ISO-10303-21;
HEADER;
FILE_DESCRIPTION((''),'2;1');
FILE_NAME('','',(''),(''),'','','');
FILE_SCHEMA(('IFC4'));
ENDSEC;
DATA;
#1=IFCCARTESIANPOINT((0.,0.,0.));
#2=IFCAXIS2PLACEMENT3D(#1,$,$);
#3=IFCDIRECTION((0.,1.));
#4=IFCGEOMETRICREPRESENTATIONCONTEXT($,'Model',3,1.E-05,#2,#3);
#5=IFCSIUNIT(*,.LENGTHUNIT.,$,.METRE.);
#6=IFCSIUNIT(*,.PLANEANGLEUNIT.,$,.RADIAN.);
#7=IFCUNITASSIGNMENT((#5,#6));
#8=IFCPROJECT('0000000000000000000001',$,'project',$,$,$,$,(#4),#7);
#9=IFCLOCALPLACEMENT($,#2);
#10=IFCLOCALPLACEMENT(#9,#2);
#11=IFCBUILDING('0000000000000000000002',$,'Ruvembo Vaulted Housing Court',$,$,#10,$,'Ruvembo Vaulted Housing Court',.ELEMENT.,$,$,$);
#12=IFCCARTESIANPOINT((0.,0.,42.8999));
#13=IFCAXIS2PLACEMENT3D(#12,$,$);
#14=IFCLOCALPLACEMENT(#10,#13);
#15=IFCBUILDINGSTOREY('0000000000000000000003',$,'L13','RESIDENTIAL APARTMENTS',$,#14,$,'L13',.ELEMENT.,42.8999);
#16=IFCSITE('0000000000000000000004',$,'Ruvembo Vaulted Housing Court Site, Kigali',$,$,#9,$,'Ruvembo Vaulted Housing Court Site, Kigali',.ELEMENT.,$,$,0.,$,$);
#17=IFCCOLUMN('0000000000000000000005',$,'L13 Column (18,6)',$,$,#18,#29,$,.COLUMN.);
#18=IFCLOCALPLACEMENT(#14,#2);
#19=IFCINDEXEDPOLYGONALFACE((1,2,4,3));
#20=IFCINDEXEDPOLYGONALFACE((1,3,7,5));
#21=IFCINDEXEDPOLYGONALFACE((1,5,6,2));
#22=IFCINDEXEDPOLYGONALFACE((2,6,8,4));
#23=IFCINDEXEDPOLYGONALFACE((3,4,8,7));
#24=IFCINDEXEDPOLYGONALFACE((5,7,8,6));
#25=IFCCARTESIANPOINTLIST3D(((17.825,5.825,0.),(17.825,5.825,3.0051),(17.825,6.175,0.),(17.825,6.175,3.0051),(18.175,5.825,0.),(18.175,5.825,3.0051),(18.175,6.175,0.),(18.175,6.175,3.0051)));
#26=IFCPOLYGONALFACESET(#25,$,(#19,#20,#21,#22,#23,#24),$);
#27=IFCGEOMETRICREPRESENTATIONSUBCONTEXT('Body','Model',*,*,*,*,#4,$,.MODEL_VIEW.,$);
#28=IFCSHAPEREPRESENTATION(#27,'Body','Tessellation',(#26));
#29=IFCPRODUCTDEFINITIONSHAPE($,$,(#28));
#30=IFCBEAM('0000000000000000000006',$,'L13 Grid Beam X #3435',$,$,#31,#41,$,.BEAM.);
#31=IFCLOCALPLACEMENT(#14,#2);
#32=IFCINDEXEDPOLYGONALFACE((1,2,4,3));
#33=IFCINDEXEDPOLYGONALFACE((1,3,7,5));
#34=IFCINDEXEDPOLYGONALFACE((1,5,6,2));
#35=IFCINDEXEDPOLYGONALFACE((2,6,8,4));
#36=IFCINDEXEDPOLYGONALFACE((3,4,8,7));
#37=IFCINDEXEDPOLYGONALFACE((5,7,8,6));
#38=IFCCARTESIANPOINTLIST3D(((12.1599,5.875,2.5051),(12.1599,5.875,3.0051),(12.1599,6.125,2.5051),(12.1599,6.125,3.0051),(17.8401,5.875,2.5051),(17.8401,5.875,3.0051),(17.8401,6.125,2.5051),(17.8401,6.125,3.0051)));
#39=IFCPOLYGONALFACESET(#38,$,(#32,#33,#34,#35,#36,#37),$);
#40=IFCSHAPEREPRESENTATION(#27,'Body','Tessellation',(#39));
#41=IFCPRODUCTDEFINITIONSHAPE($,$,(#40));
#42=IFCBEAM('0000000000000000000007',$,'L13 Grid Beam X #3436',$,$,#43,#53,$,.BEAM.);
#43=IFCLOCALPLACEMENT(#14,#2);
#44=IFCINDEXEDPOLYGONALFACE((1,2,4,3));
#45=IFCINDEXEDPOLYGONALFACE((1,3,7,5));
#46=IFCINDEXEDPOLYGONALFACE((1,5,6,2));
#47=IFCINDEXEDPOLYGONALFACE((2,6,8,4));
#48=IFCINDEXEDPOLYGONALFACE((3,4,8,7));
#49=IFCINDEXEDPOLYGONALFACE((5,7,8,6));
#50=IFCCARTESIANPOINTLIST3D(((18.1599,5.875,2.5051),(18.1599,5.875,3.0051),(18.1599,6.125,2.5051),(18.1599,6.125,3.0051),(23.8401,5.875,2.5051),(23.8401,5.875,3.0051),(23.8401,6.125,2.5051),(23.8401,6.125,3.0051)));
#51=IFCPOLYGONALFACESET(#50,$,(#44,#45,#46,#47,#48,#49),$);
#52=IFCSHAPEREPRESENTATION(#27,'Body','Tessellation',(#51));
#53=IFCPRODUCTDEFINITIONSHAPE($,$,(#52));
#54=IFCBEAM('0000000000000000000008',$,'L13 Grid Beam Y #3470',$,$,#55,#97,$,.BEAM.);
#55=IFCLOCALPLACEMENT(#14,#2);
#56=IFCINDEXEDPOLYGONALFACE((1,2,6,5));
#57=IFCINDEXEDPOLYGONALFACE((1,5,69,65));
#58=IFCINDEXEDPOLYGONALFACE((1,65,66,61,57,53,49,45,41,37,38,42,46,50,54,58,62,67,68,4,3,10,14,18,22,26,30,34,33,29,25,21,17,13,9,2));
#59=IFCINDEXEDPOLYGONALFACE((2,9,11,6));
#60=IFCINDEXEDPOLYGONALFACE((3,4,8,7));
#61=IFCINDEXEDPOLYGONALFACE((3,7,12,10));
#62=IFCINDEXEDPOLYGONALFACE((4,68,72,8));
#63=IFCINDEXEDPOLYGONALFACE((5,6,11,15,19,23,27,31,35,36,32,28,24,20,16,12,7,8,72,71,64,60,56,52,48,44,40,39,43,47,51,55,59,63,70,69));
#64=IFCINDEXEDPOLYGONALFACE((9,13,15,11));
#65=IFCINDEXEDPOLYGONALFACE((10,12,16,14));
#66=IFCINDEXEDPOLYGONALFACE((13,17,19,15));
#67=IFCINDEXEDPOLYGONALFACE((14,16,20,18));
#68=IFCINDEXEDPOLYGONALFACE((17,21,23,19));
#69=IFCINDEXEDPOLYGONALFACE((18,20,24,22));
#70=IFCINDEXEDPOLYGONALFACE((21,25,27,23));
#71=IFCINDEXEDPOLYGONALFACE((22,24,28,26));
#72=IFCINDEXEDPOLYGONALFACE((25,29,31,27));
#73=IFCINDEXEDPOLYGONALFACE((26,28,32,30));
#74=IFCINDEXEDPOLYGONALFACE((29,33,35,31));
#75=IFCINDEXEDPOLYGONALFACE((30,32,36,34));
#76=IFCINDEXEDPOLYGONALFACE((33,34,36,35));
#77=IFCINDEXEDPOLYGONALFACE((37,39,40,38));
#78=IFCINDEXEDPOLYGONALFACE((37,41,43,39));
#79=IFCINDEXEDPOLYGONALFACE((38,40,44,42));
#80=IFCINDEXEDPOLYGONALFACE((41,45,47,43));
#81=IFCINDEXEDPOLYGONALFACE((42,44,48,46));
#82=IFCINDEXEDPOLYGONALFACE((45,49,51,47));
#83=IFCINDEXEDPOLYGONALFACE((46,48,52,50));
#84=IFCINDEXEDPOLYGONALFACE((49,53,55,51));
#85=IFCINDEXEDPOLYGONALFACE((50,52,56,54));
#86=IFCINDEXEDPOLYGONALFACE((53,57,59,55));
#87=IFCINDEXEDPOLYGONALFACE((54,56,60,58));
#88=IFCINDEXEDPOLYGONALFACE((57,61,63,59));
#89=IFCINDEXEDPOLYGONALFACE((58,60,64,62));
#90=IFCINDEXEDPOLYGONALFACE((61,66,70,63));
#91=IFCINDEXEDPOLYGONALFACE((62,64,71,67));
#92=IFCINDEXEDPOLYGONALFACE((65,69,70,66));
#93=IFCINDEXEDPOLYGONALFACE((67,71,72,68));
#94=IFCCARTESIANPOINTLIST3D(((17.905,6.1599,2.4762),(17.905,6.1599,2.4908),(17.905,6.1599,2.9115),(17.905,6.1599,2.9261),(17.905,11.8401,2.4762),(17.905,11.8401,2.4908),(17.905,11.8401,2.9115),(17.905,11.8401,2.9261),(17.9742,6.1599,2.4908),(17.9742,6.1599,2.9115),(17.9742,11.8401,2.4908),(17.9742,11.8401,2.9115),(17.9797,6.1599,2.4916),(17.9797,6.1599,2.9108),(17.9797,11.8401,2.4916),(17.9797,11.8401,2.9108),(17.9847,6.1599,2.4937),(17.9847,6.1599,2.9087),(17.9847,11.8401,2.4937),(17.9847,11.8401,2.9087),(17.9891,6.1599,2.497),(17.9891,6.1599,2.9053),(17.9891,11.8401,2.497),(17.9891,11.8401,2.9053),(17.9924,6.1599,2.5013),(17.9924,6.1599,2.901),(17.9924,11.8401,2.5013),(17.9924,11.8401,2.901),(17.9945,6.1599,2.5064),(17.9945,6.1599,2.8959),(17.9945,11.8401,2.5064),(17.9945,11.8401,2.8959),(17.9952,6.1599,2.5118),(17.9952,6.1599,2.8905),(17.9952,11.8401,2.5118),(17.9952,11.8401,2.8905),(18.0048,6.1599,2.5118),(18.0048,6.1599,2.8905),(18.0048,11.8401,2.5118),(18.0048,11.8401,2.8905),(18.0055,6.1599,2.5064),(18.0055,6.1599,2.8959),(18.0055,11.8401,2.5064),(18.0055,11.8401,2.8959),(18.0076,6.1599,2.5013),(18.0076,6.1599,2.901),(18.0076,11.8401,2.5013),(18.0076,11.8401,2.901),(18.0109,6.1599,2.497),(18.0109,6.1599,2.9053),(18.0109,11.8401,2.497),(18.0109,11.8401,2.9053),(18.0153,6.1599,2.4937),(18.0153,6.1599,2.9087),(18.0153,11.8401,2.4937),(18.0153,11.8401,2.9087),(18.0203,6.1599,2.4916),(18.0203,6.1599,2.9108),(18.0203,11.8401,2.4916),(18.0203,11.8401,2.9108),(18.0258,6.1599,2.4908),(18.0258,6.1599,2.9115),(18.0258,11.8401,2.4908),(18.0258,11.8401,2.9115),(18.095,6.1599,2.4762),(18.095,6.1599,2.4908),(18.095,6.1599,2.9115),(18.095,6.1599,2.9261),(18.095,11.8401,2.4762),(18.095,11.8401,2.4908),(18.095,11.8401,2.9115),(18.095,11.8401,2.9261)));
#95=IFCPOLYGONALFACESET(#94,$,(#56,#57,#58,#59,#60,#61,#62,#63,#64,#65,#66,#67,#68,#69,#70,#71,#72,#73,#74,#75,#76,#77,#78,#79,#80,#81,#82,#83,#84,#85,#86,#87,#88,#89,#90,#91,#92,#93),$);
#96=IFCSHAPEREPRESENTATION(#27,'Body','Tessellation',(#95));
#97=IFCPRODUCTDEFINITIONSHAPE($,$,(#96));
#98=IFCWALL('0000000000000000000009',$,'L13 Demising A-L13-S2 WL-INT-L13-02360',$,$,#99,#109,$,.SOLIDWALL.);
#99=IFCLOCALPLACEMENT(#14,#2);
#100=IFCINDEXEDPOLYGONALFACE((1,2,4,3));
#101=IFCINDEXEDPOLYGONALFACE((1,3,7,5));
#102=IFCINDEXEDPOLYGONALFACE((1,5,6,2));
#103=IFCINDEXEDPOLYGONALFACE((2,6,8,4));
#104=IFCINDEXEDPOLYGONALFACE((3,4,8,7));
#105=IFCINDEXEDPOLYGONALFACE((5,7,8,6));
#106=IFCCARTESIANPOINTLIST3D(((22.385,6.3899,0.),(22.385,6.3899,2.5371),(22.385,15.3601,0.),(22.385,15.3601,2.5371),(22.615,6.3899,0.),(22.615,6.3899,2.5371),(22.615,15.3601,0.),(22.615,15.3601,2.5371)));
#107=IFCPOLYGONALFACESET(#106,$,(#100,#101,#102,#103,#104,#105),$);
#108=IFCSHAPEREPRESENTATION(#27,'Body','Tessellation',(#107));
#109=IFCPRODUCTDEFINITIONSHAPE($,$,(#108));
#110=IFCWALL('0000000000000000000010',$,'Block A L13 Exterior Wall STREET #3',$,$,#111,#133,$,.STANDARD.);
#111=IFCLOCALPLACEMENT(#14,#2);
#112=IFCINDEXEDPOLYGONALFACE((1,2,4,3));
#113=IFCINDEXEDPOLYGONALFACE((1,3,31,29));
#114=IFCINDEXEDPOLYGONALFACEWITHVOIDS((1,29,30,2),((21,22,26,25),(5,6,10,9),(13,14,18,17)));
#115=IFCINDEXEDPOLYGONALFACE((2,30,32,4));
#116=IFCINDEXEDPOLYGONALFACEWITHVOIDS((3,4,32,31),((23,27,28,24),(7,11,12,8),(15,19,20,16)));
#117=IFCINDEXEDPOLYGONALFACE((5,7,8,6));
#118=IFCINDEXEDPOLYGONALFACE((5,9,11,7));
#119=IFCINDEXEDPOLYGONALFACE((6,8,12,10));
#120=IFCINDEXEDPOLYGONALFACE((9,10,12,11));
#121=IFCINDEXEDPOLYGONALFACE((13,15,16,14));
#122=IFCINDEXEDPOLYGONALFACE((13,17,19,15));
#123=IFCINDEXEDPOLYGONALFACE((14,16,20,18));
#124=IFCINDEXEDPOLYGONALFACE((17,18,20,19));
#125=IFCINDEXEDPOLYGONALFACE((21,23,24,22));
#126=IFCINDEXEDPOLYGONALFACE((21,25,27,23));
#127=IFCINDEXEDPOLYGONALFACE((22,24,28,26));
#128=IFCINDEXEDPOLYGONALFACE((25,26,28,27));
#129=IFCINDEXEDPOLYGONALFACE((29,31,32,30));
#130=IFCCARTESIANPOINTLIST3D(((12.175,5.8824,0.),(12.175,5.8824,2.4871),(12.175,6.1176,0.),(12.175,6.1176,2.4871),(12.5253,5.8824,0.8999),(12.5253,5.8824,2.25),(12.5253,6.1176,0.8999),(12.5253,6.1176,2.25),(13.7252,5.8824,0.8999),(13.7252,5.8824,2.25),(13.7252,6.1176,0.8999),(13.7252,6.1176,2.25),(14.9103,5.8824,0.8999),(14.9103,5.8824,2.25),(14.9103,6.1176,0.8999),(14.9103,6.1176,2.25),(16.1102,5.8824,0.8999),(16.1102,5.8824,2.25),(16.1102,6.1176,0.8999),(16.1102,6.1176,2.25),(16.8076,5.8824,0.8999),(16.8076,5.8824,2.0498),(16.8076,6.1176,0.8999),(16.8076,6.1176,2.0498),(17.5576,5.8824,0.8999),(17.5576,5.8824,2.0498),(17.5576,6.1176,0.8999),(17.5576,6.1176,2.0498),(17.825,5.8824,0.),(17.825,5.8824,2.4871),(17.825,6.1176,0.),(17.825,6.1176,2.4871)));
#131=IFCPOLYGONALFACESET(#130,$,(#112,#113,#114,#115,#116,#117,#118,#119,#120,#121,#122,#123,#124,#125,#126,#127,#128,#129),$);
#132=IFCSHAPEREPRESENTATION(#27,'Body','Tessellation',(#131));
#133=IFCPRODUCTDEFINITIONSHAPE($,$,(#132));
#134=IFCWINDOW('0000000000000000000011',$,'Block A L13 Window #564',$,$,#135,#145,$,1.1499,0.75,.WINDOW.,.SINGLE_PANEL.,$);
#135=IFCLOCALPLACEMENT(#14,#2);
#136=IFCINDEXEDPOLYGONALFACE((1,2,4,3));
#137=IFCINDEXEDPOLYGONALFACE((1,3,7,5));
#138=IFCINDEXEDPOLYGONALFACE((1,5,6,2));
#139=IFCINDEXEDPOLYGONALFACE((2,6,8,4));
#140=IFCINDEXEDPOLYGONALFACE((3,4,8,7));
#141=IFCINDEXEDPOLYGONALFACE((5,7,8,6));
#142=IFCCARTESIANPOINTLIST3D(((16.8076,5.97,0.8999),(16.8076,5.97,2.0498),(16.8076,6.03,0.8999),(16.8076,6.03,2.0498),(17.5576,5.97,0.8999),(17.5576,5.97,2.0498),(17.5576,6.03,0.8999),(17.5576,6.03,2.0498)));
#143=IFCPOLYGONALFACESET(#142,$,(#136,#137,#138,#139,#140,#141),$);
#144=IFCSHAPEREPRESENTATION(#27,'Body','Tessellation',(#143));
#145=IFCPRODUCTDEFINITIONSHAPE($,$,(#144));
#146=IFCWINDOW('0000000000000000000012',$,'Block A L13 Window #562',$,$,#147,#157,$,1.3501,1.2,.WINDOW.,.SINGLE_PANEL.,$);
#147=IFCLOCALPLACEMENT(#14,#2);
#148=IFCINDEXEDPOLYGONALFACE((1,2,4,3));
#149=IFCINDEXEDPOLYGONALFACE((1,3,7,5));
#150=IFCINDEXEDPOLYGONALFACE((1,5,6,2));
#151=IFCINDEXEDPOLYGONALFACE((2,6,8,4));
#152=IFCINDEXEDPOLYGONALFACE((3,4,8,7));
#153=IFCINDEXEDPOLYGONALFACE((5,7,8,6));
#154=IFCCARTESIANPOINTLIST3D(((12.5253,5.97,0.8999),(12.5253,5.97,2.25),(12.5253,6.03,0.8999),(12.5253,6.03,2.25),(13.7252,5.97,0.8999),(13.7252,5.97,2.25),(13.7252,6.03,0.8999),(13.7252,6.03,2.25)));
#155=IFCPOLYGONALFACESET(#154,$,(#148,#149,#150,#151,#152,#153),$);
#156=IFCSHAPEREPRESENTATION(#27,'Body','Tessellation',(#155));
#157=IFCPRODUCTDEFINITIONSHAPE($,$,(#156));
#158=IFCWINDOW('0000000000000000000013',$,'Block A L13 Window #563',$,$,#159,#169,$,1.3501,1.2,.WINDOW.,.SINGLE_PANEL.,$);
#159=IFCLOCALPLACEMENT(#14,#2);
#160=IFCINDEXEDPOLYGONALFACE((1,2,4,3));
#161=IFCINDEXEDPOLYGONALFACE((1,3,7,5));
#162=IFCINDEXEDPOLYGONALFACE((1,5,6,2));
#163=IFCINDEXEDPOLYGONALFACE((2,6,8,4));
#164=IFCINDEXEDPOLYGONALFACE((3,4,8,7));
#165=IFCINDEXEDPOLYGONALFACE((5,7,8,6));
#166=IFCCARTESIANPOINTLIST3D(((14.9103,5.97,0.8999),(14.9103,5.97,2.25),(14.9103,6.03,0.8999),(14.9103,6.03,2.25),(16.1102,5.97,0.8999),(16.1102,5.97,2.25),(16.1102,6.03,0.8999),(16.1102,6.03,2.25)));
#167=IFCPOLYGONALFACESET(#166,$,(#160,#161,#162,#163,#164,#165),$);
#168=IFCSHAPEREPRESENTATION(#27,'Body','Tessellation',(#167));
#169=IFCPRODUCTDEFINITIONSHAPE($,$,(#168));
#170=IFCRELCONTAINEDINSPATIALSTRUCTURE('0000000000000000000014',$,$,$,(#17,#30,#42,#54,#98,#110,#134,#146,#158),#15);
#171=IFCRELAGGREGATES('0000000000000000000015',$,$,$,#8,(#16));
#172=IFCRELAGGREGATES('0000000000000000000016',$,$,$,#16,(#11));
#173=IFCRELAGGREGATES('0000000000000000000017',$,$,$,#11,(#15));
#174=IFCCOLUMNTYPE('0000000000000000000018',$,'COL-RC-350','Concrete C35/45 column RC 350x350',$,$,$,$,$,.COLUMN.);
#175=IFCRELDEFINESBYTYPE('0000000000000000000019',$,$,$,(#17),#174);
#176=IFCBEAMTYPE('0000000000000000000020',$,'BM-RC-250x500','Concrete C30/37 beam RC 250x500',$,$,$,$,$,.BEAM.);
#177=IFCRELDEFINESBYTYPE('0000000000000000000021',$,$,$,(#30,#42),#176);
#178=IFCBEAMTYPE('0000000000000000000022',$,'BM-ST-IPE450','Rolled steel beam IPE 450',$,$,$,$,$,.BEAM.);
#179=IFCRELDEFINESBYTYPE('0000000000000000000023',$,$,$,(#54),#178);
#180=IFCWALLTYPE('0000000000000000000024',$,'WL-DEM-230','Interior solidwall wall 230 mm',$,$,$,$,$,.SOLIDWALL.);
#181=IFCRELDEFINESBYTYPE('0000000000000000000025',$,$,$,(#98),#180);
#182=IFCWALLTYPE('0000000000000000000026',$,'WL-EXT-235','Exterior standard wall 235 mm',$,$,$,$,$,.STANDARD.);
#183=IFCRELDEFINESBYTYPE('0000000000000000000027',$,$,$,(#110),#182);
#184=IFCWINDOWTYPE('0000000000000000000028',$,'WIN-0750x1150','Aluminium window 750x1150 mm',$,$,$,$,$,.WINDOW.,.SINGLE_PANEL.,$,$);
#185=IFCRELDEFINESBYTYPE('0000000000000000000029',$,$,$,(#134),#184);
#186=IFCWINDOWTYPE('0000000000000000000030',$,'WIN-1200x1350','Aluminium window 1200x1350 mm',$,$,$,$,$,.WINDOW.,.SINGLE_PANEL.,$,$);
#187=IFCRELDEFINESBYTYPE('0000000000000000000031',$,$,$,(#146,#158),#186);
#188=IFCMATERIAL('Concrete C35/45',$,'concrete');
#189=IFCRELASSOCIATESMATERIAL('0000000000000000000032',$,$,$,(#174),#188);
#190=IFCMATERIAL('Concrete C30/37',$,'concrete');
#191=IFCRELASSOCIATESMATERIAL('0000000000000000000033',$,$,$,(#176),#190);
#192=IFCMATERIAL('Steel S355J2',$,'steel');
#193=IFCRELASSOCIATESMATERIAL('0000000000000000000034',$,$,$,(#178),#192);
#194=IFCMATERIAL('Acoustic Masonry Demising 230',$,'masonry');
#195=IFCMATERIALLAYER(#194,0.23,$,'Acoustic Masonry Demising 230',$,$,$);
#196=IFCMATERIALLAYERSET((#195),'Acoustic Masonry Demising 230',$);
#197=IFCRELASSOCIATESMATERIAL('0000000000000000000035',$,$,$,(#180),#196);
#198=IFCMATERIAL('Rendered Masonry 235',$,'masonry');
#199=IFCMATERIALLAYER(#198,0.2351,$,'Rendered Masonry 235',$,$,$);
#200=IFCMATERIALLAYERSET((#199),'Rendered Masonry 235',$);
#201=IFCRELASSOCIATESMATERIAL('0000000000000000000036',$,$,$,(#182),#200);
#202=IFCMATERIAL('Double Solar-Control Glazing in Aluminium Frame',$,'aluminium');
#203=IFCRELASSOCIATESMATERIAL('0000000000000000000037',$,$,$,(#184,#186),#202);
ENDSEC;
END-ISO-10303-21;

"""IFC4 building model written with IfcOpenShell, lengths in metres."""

from ifc_helpers import new_model, si_unit, direction, frame, frame_2d, origin, origin_2d, place, context, subcontext, project, spatial, rectangle, i_section, extrude, material, layer, layer_set, material_profile, profile_set, type_object, element, fill, save


model = new_model("IFC4")

# Units and contexts
model_context = context("Model", 3, precision=1e-05, world=origin(), true_north=direction((0.0, 1.0)))
body_context = subcontext(model_context, "Body", "Model", "MODEL_VIEW")
ifc_project = project(units=[si_unit("LENGTHUNIT", "METRE"), si_unit("PLANEANGLEUNIT", "RADIAN")], contexts=[model_context])

# Site, building, storey
site_placement = place(None, origin())
site = spatial("IfcSite", under=ifc_project, at=site_placement, Name="Ruvembo Vaulted Housing Court Site, Kigali", LongName="Ruvembo Vaulted Housing Court Site, Kigali", CompositionType="ELEMENT", RefElevation=0.0)
building_placement = place(site_placement, origin())
building = spatial("IfcBuilding", under=site, at=building_placement, Name="Ruvembo Vaulted Housing Court", LongName="Ruvembo Vaulted Housing Court", CompositionType="ELEMENT")
storey_placement = place(building_placement, frame((0.0, 0.0, 42.8999)))
storey = spatial("IfcBuildingStorey", under=building, at=storey_placement, Name="L13", Description="RESIDENTIAL APARTMENTS", LongName="L13", CompositionType="ELEMENT", Elevation=42.8999)

# Column
ifc_material_1 = material(Name="Concrete C35/45", Category="concrete")
ifc_material_profile_1 = material_profile(ifc_material_1, rectangle(XDim=0.3501, YDim=0.3501, at=origin_2d()), Name="RC 350x350")
ifc_profile_set_1 = profile_set([ifc_material_profile_1], Name="Concrete C35/45")
column_type = type_object("IfcColumnType", Name="COL-RC-350", Description="Concrete C35/45 column RC 350x350", PredefinedType="COLUMN", material=ifc_profile_set_1)
column_placement = place(storey_placement, frame((18.0, 6.0, 0.0), z_axis=(0.0, 0.0, 1.0), x_axis=(1.0, 0.0, 0.0)))
element("IfcColumn", 1, at=column_placement, inside=storey, type_object=column_type, Name="L13 Column (18,6)", PredefinedType="COLUMN", context=body_context, shape_type="SweptSolid", body=[
    extrude(rectangle(XDim=0.3501, YDim=0.3501, at=origin_2d()), origin(), (0.0, 0.0, 1.0), 3.0051),
])

# Beams
ifc_material_2 = material(Name="Concrete C30/37", Category="concrete")
ifc_material_profile_2 = material_profile(ifc_material_2, rectangle(XDim=0.25, YDim=0.5, at=origin_2d()), Name="RC 250x500")
ifc_profile_set_2 = profile_set([ifc_material_profile_2], Name="Concrete C30/37")
beam_type_1 = type_object("IfcBeamType", Name="BM-RC-250x500", Description="Concrete C30/37 beam RC 250x500", PredefinedType="BEAM", material=ifc_profile_set_2)
for number, where, z_axis, x_axis, name in (
    (2, (12.1599, 6.0, 2.7551), (1.0, 0.0, 0.0), (0.0, 1.0, 0.0), "L13 Grid Beam X #3435"),
    (3, (18.1599, 6.0, 2.7551), (1.0, 0.0, 0.0), (0.0, 1.0, 0.0), "L13 Grid Beam X #3436"),
):
    element("IfcBeam", number, at=place(storey_placement, frame(where, z_axis=z_axis, x_axis=x_axis)), inside=storey, type_object=beam_type_1, Name=name, PredefinedType="BEAM", context=body_context, shape_type="SweptSolid", body=[
        extrude(rectangle(XDim=0.25, YDim=0.5, at=origin_2d()), origin(), (0.0, 0.0, 1.0), 5.6802),
    ])
ifc_material_3 = material(Name="Steel S355J2", Category="steel")
ifc_material_profile_3 = material_profile(ifc_material_3, i_section(OverallWidth=0.1899, OverallDepth=0.45, WebThickness=0.0095, FlangeThickness=0.0146, FilletRadius=0.021, at=origin_2d()), Name="IPE 450")
ifc_profile_set_3 = profile_set([ifc_material_profile_3], Name="Steel S355J2")
beam_type_2 = type_object("IfcBeamType", Name="BM-ST-IPE450", Description="Rolled steel beam IPE 450", PredefinedType="BEAM", material=ifc_profile_set_3)
beam_placement = place(storey_placement, frame((18.0, 6.1599, 2.7012), z_axis=(0.0, 1.0, 0.0), x_axis=(-1.0, 0.0, 0.0)))
element("IfcBeam", 4, at=beam_placement, inside=storey, type_object=beam_type_2, Name="L13 Grid Beam Y #3470", PredefinedType="BEAM", context=body_context, shape_type="SweptSolid", body=[
    extrude(i_section(OverallWidth=0.1899, OverallDepth=0.45, WebThickness=0.0095, FlangeThickness=0.0146, FilletRadius=0.021, at=origin_2d()), origin(), (0.0, 0.0, 1.0), 5.6802),
])

# Wall
ifc_material_4 = material(Name="Acoustic Masonry Demising 230", Category="masonry")
ifc_layer_1 = layer(ifc_material_4, 0.23, Name="Acoustic Masonry Demising 230")
ifc_layer_set_1 = layer_set([ifc_layer_1], Name="Acoustic Masonry Demising 230")
wall_type_1 = type_object("IfcWallType", Name="WL-DEM-230", Description="Interior solidwall wall 230 mm", PredefinedType="SOLIDWALL", material=ifc_layer_set_1)
wall_1_placement = place(storey_placement, frame((22.5, 6.3899, 0.0), z_axis=(0.0, 0.0, 1.0), x_axis=(0.0, 1.0, 0.0)))
element("IfcWall", 5, at=wall_1_placement, inside=storey, type_object=wall_type_1, Name="L13 Demising A-L13-S2 WL-INT-L13-02360", PredefinedType="SOLIDWALL", context=body_context, shape_type="SweptSolid", body=[
    extrude(rectangle(XDim=8.9702, YDim=0.23, at=frame_2d((4.4851, 0.0))), origin(), (0.0, 0.0, 1.0), 2.5371),
])

# Wall, openings, windows
ifc_material_5 = material(Name="Rendered Masonry 235", Category="masonry")
ifc_layer_2 = layer(ifc_material_5, 0.2351, Name="Rendered Masonry 235")
ifc_layer_set_2 = layer_set([ifc_layer_2], Name="Rendered Masonry 235")
wall_type_2 = type_object("IfcWallType", Name="WL-EXT-235", Description="Exterior standard wall 235 mm", PredefinedType="STANDARD", material=ifc_layer_set_2)
wall_2_placement = place(storey_placement, frame((12.175, 6.0, 0.0), z_axis=(0.0, 0.0, 1.0), x_axis=(1.0, 0.0, 0.0)))
wall_2 = element("IfcWall", 6, at=wall_2_placement, inside=storey, type_object=wall_type_2, Name="Block A L13 Exterior Wall STREET #3", PredefinedType="STANDARD", context=body_context, shape_type="SweptSolid", body=[
    extrude(rectangle(XDim=5.6499, YDim=0.2351, at=frame_2d((2.825, 0.0))), origin(), (0.0, 0.0, 1.0), 2.4871),
])
opening_1_placement = place(wall_2_placement, frame((0.3501, 0.0, 0.8999)))
opening_1 = element("IfcOpeningElement", 7, at=opening_1_placement, cuts=wall_2, PredefinedType="OPENING", context=body_context, shape_type="SweptSolid", body=[
    extrude(rectangle(XDim=1.2, YDim=1.3501, at=frame_2d((0.6001, 0.675))), frame((0.0, 0.1274, 0.0), z_axis=(0.0, -1.0, 0.0), x_axis=(1.0, 0.0, 0.0)), (0.0, 0.0, 1.0), 0.2551),
])
opening_2_placement = place(wall_2_placement, frame((2.7351, 0.0, 0.8999)))
opening_2 = element("IfcOpeningElement", 8, at=opening_2_placement, cuts=wall_2, PredefinedType="OPENING", context=body_context, shape_type="SweptSolid", body=[
    extrude(rectangle(XDim=1.2, YDim=1.3501, at=frame_2d((0.6001, 0.675))), frame((0.0, 0.1274, 0.0), z_axis=(0.0, -1.0, 0.0), x_axis=(1.0, 0.0, 0.0)), (0.0, 0.0, 1.0), 0.2551),
])
opening_3_placement = place(wall_2_placement, frame((4.6326, 0.0, 0.8999)))
opening_3 = element("IfcOpeningElement", 9, at=opening_3_placement, cuts=wall_2, PredefinedType="OPENING", context=body_context, shape_type="SweptSolid", body=[
    extrude(rectangle(XDim=0.75, YDim=1.1499, at=frame_2d((0.375, 0.575))), frame((0.0, 0.1274, 0.0), z_axis=(0.0, -1.0, 0.0), x_axis=(1.0, 0.0, 0.0)), (0.0, 0.0, 1.0), 0.2551),
])
ifc_material_6 = material(Name="Double Solar-Control Glazing in Aluminium Frame", Category="aluminium")
window_type_1 = type_object("IfcWindowType", Name="WIN-0750x1150", Description="Aluminium window 750x1150 mm", PartitioningType="SINGLE_PANEL", PredefinedType="WINDOW", material=ifc_material_6)
window_1_placement = place(opening_3_placement, origin())
window_1 = element("IfcWindow", 10, at=window_1_placement, inside=storey, type_object=window_type_1, Name="Block A L13 Window #564", OverallHeight=1.1499, OverallWidth=0.75, PartitioningType="SINGLE_PANEL", PredefinedType="WINDOW", context=body_context, shape_type="SweptSolid", body=[
    extrude(rectangle(XDim=0.75, YDim=1.1499, at=frame_2d((0.375, 0.575))), frame((0.0, 0.03, 0.0), z_axis=(0.0, -1.0, 0.0), x_axis=(1.0, 0.0, 0.0)), (0.0, 0.0, 1.0), 0.0601),
])
fill(opening_3, window_1)
window_type_2 = type_object("IfcWindowType", Name="WIN-1200x1350", Description="Aluminium window 1200x1350 mm", PartitioningType="SINGLE_PANEL", PredefinedType="WINDOW", material=ifc_material_6)
window_2_placement = place(opening_1_placement, origin())
window_2 = element("IfcWindow", 11, at=window_2_placement, inside=storey, type_object=window_type_2, Name="Block A L13 Window #562", OverallHeight=1.3501, OverallWidth=1.2, PartitioningType="SINGLE_PANEL", PredefinedType="WINDOW", context=body_context, shape_type="SweptSolid", body=[
    extrude(rectangle(XDim=1.2, YDim=1.3501, at=frame_2d((0.6001, 0.675))), frame((0.0, 0.03, 0.0), z_axis=(0.0, -1.0, 0.0), x_axis=(1.0, 0.0, 0.0)), (0.0, 0.0, 1.0), 0.0601),
])
fill(opening_1, window_2)
window_3_placement = place(opening_2_placement, origin())
window_3 = element("IfcWindow", 12, at=window_3_placement, inside=storey, type_object=window_type_2, Name="Block A L13 Window #563", OverallHeight=1.3501, OverallWidth=1.2, PartitioningType="SINGLE_PANEL", PredefinedType="WINDOW", context=body_context, shape_type="SweptSolid", body=[
    extrude(rectangle(XDim=1.2, YDim=1.3501, at=frame_2d((0.6001, 0.675))), frame((0.0, 0.03, 0.0), z_axis=(0.0, -1.0, 0.0), x_axis=(1.0, 0.0, 0.0)), (0.0, 0.0, 1.0), 0.0601),
])
fill(opening_2, window_3)

save(model, "model.ifc")
